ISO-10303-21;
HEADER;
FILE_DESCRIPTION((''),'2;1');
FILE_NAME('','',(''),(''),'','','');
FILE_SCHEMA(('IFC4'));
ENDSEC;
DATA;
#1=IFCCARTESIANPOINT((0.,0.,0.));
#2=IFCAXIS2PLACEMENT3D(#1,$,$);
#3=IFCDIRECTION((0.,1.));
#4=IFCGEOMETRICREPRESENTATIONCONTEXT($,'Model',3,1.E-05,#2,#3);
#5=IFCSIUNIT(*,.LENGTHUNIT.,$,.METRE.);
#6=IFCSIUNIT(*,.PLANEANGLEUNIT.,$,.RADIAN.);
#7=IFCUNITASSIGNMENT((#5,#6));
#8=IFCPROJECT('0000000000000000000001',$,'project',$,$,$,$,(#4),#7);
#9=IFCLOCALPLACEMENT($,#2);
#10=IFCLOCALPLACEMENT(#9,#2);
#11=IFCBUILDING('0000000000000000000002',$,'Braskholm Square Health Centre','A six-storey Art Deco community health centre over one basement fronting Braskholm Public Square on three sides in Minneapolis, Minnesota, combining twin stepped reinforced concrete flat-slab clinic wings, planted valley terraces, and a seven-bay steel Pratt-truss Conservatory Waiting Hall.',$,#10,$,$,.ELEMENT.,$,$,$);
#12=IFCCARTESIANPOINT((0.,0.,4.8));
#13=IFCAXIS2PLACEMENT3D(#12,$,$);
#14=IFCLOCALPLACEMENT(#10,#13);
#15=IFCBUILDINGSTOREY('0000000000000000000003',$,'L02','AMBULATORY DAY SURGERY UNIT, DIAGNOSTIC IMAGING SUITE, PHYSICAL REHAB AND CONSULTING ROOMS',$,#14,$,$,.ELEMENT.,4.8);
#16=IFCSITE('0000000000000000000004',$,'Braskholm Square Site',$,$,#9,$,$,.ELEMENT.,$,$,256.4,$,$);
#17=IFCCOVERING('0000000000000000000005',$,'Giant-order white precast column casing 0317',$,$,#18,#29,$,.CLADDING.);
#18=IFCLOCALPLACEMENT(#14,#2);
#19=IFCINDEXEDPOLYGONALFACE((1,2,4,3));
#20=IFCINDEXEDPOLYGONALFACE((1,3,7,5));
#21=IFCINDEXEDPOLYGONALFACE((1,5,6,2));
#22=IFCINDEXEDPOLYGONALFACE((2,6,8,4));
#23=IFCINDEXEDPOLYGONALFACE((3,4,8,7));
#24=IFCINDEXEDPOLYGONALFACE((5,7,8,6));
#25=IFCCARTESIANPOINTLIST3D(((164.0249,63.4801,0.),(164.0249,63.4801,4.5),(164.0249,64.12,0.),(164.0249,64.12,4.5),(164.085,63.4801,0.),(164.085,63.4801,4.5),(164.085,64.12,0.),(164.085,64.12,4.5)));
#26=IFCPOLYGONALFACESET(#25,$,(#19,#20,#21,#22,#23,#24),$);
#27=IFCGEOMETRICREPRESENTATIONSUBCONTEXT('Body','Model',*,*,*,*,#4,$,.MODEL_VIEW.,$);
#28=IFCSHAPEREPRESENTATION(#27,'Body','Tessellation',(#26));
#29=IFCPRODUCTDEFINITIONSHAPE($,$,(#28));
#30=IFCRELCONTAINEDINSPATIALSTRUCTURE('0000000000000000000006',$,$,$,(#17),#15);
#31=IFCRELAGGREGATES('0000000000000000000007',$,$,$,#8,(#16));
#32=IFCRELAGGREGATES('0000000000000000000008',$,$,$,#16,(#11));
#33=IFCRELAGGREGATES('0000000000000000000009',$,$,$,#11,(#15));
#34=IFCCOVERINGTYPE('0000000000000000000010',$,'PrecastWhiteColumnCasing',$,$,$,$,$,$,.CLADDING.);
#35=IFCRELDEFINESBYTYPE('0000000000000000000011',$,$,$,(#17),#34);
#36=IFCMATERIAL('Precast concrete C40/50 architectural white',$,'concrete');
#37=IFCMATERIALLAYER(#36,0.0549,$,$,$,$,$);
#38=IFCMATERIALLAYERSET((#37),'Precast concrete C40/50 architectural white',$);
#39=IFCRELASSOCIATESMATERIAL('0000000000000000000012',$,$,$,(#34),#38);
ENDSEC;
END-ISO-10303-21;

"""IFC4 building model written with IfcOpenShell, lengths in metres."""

from ifc_helpers import new_model, si_unit, direction, frame, origin, origin_2d, place, context, subcontext, project, spatial, rectangle, extrude, material, layer, layer_set, type_object, element, save


model = new_model("IFC4")

# Units and contexts
model_context = context("Model", 3, precision=1e-05, world=origin(), true_north=direction((0.0, 1.0)))
body_context = subcontext(model_context, "Body", "Model", "MODEL_VIEW")
ifc_project = project(units=[si_unit("LENGTHUNIT", "METRE"), si_unit("PLANEANGLEUNIT", "RADIAN")], contexts=[model_context])

# Site, building, storey
site_placement = place(None, origin())
site = spatial("IfcSite", under=ifc_project, at=site_placement, Name="Braskholm Square Site", CompositionType="ELEMENT", RefElevation=256.4)
building_placement = place(site_placement, origin())
building = spatial("IfcBuilding", under=site, at=building_placement, Name="Braskholm Square Health Centre", Description="A six-storey Art Deco community health centre over one basement fronting Braskholm Public Square on three sides in Minneapolis, Minnesota, combining twin stepped reinforced concrete flat-slab clinic wings, planted valley terraces, and a seven-bay steel Pratt-truss Conservatory Waiting Hall.", CompositionType="ELEMENT")
storey_placement = place(building_placement, frame((0.0, 0.0, 4.8)))
storey = spatial("IfcBuildingStorey", under=building, at=storey_placement, Name="L02", Description="AMBULATORY DAY SURGERY UNIT, DIAGNOSTIC IMAGING SUITE, PHYSICAL REHAB AND CONSULTING ROOMS", CompositionType="ELEMENT", Elevation=4.8)

# Covering
ifc_material_1 = material(Name="Precast concrete C40/50 architectural white", Category="concrete")
ifc_layer_1 = layer(ifc_material_1, 0.0549)
ifc_layer_set_1 = layer_set([ifc_layer_1], Name="Precast concrete C40/50 architectural white")
covering_type_1 = type_object("IfcCoveringType", Name="PrecastWhiteColumnCasing", PredefinedType="CLADDING", material=ifc_layer_set_1)
covering_placement = place(storey_placement, frame((164.0549, 63.8, 0.0), z_axis=(0.0, 0.0, 1.0), x_axis=(1.0, 0.0, 0.0)))
element("IfcCovering", 1, at=covering_placement, inside=storey, type_object=covering_type_1, Name="Giant-order white precast column casing 0317", PredefinedType="CLADDING", context=body_context, shape_type="SweptSolid", body=[
    extrude(rectangle(XDim=0.0601, YDim=0.6399, at=origin_2d()), origin(), (0.0, 0.0, 1.0), 4.5),
])

save(model, "model.ifc")
